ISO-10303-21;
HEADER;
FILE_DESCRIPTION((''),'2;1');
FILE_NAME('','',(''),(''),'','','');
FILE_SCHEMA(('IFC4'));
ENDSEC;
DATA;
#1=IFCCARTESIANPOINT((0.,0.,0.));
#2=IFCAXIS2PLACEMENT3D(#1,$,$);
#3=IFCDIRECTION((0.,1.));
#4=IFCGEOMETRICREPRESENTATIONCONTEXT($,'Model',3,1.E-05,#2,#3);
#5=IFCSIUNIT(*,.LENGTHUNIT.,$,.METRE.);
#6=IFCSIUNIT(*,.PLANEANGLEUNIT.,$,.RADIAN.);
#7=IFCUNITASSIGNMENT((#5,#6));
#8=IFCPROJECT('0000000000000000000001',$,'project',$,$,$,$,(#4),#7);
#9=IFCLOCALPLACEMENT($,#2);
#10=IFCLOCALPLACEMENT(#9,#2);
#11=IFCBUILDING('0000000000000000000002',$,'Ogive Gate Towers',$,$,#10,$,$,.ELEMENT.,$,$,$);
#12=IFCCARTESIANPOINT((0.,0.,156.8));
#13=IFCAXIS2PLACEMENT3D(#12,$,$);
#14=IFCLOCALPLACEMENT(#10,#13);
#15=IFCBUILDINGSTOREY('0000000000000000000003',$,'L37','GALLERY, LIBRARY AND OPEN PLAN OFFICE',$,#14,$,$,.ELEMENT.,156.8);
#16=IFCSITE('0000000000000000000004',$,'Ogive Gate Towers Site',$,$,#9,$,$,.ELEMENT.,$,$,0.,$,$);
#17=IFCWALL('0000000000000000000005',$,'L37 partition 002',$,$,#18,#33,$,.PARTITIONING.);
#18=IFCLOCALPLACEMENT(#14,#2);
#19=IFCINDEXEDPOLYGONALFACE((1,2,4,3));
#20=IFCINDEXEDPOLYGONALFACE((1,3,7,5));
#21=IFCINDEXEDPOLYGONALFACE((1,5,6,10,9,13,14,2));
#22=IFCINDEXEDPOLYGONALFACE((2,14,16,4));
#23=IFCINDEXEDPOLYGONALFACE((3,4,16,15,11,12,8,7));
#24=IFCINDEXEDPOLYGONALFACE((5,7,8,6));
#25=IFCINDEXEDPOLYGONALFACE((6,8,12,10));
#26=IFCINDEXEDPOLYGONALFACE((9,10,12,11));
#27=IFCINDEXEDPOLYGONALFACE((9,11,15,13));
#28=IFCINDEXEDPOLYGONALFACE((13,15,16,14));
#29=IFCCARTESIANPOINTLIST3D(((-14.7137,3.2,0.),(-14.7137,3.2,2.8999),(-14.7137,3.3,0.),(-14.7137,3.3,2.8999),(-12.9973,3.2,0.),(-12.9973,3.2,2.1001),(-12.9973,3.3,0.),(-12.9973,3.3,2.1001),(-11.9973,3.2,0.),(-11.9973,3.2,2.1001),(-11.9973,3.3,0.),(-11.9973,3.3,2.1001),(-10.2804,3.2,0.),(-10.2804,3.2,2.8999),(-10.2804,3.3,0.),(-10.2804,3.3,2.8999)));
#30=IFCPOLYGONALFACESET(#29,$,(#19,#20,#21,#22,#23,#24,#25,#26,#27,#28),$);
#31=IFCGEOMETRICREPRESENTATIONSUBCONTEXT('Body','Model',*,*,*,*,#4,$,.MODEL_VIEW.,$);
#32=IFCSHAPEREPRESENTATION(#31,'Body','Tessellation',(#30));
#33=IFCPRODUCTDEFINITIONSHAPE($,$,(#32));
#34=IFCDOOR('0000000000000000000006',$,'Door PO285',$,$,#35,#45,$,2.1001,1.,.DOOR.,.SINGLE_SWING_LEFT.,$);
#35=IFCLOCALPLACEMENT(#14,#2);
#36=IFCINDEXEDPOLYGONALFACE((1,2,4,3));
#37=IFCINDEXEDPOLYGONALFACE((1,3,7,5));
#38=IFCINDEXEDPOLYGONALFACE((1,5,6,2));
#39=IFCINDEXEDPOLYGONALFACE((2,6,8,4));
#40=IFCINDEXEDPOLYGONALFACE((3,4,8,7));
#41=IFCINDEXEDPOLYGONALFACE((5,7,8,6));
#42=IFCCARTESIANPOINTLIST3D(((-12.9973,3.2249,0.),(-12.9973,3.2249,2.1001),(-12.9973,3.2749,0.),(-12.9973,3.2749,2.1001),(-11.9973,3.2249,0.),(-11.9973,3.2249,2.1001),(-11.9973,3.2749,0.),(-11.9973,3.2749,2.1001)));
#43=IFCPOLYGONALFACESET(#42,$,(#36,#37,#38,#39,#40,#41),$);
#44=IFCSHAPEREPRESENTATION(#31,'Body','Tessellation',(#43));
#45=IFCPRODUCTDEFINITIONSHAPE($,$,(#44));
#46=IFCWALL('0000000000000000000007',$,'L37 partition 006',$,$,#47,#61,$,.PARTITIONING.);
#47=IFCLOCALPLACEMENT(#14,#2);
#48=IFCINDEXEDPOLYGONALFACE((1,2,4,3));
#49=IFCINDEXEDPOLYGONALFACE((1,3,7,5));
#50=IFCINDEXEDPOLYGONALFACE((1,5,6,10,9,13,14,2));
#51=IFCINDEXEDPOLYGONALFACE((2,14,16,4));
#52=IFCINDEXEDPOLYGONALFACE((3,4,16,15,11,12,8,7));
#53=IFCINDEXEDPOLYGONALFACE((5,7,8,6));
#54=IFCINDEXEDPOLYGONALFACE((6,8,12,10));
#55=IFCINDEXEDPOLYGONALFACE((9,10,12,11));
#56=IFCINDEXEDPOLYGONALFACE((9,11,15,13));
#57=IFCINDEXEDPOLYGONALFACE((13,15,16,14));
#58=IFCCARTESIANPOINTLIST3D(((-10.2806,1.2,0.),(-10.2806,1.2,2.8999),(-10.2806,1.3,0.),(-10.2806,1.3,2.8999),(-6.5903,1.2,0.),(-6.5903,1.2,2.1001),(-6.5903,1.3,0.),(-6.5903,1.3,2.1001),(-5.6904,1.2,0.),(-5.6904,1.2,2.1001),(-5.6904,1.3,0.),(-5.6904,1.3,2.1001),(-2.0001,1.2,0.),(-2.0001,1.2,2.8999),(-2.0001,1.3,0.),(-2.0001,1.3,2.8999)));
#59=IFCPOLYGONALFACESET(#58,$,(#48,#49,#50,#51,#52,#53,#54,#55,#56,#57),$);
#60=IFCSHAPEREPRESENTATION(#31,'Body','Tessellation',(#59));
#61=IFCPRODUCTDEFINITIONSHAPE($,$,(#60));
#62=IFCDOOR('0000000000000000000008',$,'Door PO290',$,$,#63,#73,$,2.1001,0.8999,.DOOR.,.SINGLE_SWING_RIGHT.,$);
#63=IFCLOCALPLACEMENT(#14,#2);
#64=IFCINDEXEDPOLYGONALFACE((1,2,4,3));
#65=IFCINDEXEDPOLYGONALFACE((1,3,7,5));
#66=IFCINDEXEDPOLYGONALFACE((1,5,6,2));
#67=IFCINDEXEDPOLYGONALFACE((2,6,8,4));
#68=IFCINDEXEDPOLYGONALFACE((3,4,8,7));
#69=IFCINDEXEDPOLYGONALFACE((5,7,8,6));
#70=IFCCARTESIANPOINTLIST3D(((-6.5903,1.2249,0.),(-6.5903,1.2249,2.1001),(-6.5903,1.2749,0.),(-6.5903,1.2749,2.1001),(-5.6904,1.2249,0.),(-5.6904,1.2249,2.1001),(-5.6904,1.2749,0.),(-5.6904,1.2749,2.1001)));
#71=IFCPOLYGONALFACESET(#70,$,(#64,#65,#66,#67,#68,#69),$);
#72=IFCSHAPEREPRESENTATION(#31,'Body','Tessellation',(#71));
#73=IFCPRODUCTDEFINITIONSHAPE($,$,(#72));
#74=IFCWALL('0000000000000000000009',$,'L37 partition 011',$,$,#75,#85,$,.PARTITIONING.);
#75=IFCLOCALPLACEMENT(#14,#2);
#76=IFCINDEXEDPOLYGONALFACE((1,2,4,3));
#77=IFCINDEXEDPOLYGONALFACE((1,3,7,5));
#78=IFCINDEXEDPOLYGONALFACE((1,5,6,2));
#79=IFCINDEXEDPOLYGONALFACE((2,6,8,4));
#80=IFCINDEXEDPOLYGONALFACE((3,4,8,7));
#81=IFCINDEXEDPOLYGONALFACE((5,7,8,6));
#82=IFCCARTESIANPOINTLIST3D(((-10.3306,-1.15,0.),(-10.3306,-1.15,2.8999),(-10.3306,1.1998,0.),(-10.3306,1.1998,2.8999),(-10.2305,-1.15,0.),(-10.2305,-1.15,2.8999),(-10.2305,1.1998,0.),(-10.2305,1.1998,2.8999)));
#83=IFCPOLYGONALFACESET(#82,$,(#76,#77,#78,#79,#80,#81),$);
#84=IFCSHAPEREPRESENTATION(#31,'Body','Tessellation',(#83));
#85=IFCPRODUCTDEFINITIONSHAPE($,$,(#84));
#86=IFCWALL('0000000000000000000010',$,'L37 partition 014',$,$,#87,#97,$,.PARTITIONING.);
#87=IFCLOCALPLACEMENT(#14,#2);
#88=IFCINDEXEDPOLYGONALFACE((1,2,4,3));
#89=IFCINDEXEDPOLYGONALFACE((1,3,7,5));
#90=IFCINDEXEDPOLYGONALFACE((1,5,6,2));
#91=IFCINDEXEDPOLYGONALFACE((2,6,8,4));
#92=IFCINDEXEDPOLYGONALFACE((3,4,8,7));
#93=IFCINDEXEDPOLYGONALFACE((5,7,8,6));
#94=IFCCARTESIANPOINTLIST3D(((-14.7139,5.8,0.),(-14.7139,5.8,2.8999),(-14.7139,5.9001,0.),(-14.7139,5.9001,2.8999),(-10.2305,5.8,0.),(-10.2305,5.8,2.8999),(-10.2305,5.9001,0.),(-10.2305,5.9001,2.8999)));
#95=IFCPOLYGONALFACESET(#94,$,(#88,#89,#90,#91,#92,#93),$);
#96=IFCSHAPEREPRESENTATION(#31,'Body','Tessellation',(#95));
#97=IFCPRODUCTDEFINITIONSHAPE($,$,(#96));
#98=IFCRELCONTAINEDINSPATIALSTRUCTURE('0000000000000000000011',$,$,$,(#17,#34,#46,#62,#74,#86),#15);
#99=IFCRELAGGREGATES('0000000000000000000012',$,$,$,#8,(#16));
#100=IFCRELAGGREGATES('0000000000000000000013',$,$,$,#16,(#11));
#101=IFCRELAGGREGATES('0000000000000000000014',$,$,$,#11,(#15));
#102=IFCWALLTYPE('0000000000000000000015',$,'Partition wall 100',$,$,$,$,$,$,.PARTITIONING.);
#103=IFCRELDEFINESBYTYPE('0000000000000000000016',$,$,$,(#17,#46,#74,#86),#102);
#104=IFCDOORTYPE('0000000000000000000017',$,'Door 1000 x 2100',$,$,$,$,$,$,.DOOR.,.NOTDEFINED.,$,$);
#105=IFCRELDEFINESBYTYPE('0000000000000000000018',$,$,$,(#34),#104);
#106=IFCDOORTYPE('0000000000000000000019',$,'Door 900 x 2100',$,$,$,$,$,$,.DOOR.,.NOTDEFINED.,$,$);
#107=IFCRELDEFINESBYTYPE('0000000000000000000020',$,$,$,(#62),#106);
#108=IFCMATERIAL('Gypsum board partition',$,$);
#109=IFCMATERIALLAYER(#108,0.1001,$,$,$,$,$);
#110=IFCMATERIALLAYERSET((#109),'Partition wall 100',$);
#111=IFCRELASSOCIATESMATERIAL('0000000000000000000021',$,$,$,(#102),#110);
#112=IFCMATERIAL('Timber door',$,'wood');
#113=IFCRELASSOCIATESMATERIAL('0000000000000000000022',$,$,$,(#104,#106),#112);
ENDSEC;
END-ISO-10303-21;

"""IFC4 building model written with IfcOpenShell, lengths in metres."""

from ifc_helpers import new_model, si_unit, direction, frame, frame_2d, origin, place, context, subcontext, project, spatial, rectangle, extrude, material, layer, layer_set, type_object, element, fill, save


model = new_model("IFC4")

# Units and contexts
model_context = context("Model", 3, precision=1e-05, world=origin(), true_north=direction((0.0, 1.0)))
body_context = subcontext(model_context, "Body", "Model", "MODEL_VIEW")
ifc_project = project(units=[si_unit("LENGTHUNIT", "METRE"), si_unit("PLANEANGLEUNIT", "RADIAN")], contexts=[model_context])

# Site, building, storey
site_placement = place(None, origin())
site = spatial("IfcSite", under=ifc_project, at=site_placement, Name="Ogive Gate Towers Site", CompositionType="ELEMENT", RefElevation=0.0)
building_placement = place(site_placement, origin())
building = spatial("IfcBuilding", under=site, at=building_placement, Name="Ogive Gate Towers", CompositionType="ELEMENT")
storey_placement = place(building_placement, frame((0.0, 0.0, 156.8)))
storey = spatial("IfcBuildingStorey", under=building, at=storey_placement, Name="L37", Description="GALLERY, LIBRARY AND OPEN PLAN OFFICE", CompositionType="ELEMENT", Elevation=156.8)

# Shared definitions
ifc_material_1 = material(Name="Gypsum board partition")

# Walls, openings, doors
ifc_layer_1 = layer(ifc_material_1, 0.1001)
ifc_layer_set_1 = layer_set([ifc_layer_1], Name="Partition wall 100")
wall_type_1 = type_object("IfcWallType", Name="Partition wall 100", PredefinedType="PARTITIONING", material=ifc_layer_set_1)
ifc_material_2 = material(Name="Timber door", Category="wood")
wall_1_placement = place(storey_placement, frame((-14.7139, 3.25, 0.0), z_axis=(0.0, 0.0, 1.0), x_axis=(1.0, 0.0, 0.0)))
wall_1 = element("IfcWall", 1, at=wall_1_placement, inside=storey, type_object=wall_type_1, Name="L37 partition 002", PredefinedType="PARTITIONING", context=body_context, shape_type="SweptSolid", body=[
    extrude(rectangle(XDim=4.4333, YDim=0.1001, at=frame_2d((2.2168, 0.0))), origin(), (0.0, 0.0, 1.0), 2.8999),
])
opening_1_placement = place(wall_1_placement, frame((1.7166, 0.0, 0.0)))
opening_1 = element("IfcOpeningElement", 2, at=opening_1_placement, cuts=wall_1, PredefinedType="OPENING", context=body_context, shape_type="SweptSolid", body=[
    extrude(rectangle(XDim=1.0, YDim=2.1001, at=frame_2d((0.5, 1.05))), frame((0.0, 0.0601, 0.0), z_axis=(0.0, -1.0, 0.0), x_axis=(1.0, 0.0, 0.0)), (0.0, 0.0, 1.0), 0.1201),
])
door_type_1 = type_object("IfcDoorType", Name="Door 1000 x 2100", OperationType="NOTDEFINED", PredefinedType="DOOR", material=ifc_material_2)
door_1_placement = place(opening_1_placement, origin())
door_1 = element("IfcDoor", 3, at=door_1_placement, inside=storey, type_object=door_type_1, Name="Door PO285", OperationType="SINGLE_SWING_LEFT", OverallHeight=2.1001, OverallWidth=1.0, PredefinedType="DOOR", context=body_context, shape_type="SweptSolid", body=[
    extrude(rectangle(XDim=1.0, YDim=2.1001, at=frame_2d((0.5, 1.05))), frame((0.0, 0.0249, 0.0), z_axis=(0.0, -1.0, 0.0), x_axis=(1.0, 0.0, 0.0)), (0.0, 0.0, 1.0), 0.05),
])
fill(opening_1, door_1)
wall_2_placement = place(storey_placement, frame((-10.2805, 1.25, 0.0), z_axis=(0.0, 0.0, 1.0), x_axis=(1.0, 0.0, 0.0)))
wall_2 = element("IfcWall", 4, at=wall_2_placement, inside=storey, type_object=wall_type_1, Name="L37 partition 006", PredefinedType="PARTITIONING", context=body_context, shape_type="SweptSolid", body=[
    extrude(rectangle(XDim=8.2805, YDim=0.1001, at=frame_2d((4.1401, 0.0))), origin(), (0.0, 0.0, 1.0), 2.8999),
])
opening_2_placement = place(wall_2_placement, frame((3.6902, 0.0, 0.0)))
opening_2 = element("IfcOpeningElement", 5, at=opening_2_placement, cuts=wall_2, PredefinedType="OPENING", context=body_context, shape_type="SweptSolid", body=[
    extrude(rectangle(XDim=0.8999, YDim=2.1001, at=frame_2d((0.45, 1.05))), frame((0.0, 0.0601, 0.0), z_axis=(0.0, -1.0, 0.0), x_axis=(1.0, 0.0, 0.0)), (0.0, 0.0, 1.0), 0.1201),
])
door_type_2 = type_object("IfcDoorType", Name="Door 900 x 2100", OperationType="NOTDEFINED", PredefinedType="DOOR", material=ifc_material_2)
door_2_placement = place(opening_2_placement, origin())
door_2 = element("IfcDoor", 6, at=door_2_placement, inside=storey, type_object=door_type_2, Name="Door PO290", OperationType="SINGLE_SWING_RIGHT", OverallHeight=2.1001, OverallWidth=0.8999, PredefinedType="DOOR", context=body_context, shape_type="SweptSolid", body=[
    extrude(rectangle(XDim=0.8999, YDim=2.1001, at=frame_2d((0.45, 1.05))), frame((0.0, 0.0249, 0.0), z_axis=(0.0, -1.0, 0.0), x_axis=(1.0, 0.0, 0.0)), (0.0, 0.0, 1.0), 0.05),
])
fill(opening_2, door_2)

# Walls
wall_3_placement = place(storey_placement, frame((-10.2805, -1.1499, 0.0), z_axis=(0.0, 0.0, 1.0), x_axis=(0.0, 1.0, 0.0)))
element("IfcWall", 7, at=wall_3_placement, inside=storey, type_object=wall_type_1, Name="L37 partition 011", PredefinedType="PARTITIONING", context=body_context, shape_type="SweptSolid", body=[
    extrude(rectangle(XDim=2.3499, YDim=0.1001, at=frame_2d((1.1748, 0.0))), origin(), (0.0, 0.0, 1.0), 2.8999),
])
wall_4_placement = place(storey_placement, frame((-14.7139, 5.8501, 0.0), z_axis=(0.0, 0.0, 1.0), x_axis=(1.0, 0.0, 0.0)))
element("IfcWall", 8, at=wall_4_placement, inside=storey, type_object=wall_type_1, Name="L37 partition 014", PredefinedType="PARTITIONING", context=body_context, shape_type="SweptSolid", body=[
    extrude(rectangle(XDim=4.4834, YDim=0.1001, at=frame_2d((2.2417, 0.0))), origin(), (0.0, 0.0, 1.0), 2.8999),
])

save(model, "model.ifc")
